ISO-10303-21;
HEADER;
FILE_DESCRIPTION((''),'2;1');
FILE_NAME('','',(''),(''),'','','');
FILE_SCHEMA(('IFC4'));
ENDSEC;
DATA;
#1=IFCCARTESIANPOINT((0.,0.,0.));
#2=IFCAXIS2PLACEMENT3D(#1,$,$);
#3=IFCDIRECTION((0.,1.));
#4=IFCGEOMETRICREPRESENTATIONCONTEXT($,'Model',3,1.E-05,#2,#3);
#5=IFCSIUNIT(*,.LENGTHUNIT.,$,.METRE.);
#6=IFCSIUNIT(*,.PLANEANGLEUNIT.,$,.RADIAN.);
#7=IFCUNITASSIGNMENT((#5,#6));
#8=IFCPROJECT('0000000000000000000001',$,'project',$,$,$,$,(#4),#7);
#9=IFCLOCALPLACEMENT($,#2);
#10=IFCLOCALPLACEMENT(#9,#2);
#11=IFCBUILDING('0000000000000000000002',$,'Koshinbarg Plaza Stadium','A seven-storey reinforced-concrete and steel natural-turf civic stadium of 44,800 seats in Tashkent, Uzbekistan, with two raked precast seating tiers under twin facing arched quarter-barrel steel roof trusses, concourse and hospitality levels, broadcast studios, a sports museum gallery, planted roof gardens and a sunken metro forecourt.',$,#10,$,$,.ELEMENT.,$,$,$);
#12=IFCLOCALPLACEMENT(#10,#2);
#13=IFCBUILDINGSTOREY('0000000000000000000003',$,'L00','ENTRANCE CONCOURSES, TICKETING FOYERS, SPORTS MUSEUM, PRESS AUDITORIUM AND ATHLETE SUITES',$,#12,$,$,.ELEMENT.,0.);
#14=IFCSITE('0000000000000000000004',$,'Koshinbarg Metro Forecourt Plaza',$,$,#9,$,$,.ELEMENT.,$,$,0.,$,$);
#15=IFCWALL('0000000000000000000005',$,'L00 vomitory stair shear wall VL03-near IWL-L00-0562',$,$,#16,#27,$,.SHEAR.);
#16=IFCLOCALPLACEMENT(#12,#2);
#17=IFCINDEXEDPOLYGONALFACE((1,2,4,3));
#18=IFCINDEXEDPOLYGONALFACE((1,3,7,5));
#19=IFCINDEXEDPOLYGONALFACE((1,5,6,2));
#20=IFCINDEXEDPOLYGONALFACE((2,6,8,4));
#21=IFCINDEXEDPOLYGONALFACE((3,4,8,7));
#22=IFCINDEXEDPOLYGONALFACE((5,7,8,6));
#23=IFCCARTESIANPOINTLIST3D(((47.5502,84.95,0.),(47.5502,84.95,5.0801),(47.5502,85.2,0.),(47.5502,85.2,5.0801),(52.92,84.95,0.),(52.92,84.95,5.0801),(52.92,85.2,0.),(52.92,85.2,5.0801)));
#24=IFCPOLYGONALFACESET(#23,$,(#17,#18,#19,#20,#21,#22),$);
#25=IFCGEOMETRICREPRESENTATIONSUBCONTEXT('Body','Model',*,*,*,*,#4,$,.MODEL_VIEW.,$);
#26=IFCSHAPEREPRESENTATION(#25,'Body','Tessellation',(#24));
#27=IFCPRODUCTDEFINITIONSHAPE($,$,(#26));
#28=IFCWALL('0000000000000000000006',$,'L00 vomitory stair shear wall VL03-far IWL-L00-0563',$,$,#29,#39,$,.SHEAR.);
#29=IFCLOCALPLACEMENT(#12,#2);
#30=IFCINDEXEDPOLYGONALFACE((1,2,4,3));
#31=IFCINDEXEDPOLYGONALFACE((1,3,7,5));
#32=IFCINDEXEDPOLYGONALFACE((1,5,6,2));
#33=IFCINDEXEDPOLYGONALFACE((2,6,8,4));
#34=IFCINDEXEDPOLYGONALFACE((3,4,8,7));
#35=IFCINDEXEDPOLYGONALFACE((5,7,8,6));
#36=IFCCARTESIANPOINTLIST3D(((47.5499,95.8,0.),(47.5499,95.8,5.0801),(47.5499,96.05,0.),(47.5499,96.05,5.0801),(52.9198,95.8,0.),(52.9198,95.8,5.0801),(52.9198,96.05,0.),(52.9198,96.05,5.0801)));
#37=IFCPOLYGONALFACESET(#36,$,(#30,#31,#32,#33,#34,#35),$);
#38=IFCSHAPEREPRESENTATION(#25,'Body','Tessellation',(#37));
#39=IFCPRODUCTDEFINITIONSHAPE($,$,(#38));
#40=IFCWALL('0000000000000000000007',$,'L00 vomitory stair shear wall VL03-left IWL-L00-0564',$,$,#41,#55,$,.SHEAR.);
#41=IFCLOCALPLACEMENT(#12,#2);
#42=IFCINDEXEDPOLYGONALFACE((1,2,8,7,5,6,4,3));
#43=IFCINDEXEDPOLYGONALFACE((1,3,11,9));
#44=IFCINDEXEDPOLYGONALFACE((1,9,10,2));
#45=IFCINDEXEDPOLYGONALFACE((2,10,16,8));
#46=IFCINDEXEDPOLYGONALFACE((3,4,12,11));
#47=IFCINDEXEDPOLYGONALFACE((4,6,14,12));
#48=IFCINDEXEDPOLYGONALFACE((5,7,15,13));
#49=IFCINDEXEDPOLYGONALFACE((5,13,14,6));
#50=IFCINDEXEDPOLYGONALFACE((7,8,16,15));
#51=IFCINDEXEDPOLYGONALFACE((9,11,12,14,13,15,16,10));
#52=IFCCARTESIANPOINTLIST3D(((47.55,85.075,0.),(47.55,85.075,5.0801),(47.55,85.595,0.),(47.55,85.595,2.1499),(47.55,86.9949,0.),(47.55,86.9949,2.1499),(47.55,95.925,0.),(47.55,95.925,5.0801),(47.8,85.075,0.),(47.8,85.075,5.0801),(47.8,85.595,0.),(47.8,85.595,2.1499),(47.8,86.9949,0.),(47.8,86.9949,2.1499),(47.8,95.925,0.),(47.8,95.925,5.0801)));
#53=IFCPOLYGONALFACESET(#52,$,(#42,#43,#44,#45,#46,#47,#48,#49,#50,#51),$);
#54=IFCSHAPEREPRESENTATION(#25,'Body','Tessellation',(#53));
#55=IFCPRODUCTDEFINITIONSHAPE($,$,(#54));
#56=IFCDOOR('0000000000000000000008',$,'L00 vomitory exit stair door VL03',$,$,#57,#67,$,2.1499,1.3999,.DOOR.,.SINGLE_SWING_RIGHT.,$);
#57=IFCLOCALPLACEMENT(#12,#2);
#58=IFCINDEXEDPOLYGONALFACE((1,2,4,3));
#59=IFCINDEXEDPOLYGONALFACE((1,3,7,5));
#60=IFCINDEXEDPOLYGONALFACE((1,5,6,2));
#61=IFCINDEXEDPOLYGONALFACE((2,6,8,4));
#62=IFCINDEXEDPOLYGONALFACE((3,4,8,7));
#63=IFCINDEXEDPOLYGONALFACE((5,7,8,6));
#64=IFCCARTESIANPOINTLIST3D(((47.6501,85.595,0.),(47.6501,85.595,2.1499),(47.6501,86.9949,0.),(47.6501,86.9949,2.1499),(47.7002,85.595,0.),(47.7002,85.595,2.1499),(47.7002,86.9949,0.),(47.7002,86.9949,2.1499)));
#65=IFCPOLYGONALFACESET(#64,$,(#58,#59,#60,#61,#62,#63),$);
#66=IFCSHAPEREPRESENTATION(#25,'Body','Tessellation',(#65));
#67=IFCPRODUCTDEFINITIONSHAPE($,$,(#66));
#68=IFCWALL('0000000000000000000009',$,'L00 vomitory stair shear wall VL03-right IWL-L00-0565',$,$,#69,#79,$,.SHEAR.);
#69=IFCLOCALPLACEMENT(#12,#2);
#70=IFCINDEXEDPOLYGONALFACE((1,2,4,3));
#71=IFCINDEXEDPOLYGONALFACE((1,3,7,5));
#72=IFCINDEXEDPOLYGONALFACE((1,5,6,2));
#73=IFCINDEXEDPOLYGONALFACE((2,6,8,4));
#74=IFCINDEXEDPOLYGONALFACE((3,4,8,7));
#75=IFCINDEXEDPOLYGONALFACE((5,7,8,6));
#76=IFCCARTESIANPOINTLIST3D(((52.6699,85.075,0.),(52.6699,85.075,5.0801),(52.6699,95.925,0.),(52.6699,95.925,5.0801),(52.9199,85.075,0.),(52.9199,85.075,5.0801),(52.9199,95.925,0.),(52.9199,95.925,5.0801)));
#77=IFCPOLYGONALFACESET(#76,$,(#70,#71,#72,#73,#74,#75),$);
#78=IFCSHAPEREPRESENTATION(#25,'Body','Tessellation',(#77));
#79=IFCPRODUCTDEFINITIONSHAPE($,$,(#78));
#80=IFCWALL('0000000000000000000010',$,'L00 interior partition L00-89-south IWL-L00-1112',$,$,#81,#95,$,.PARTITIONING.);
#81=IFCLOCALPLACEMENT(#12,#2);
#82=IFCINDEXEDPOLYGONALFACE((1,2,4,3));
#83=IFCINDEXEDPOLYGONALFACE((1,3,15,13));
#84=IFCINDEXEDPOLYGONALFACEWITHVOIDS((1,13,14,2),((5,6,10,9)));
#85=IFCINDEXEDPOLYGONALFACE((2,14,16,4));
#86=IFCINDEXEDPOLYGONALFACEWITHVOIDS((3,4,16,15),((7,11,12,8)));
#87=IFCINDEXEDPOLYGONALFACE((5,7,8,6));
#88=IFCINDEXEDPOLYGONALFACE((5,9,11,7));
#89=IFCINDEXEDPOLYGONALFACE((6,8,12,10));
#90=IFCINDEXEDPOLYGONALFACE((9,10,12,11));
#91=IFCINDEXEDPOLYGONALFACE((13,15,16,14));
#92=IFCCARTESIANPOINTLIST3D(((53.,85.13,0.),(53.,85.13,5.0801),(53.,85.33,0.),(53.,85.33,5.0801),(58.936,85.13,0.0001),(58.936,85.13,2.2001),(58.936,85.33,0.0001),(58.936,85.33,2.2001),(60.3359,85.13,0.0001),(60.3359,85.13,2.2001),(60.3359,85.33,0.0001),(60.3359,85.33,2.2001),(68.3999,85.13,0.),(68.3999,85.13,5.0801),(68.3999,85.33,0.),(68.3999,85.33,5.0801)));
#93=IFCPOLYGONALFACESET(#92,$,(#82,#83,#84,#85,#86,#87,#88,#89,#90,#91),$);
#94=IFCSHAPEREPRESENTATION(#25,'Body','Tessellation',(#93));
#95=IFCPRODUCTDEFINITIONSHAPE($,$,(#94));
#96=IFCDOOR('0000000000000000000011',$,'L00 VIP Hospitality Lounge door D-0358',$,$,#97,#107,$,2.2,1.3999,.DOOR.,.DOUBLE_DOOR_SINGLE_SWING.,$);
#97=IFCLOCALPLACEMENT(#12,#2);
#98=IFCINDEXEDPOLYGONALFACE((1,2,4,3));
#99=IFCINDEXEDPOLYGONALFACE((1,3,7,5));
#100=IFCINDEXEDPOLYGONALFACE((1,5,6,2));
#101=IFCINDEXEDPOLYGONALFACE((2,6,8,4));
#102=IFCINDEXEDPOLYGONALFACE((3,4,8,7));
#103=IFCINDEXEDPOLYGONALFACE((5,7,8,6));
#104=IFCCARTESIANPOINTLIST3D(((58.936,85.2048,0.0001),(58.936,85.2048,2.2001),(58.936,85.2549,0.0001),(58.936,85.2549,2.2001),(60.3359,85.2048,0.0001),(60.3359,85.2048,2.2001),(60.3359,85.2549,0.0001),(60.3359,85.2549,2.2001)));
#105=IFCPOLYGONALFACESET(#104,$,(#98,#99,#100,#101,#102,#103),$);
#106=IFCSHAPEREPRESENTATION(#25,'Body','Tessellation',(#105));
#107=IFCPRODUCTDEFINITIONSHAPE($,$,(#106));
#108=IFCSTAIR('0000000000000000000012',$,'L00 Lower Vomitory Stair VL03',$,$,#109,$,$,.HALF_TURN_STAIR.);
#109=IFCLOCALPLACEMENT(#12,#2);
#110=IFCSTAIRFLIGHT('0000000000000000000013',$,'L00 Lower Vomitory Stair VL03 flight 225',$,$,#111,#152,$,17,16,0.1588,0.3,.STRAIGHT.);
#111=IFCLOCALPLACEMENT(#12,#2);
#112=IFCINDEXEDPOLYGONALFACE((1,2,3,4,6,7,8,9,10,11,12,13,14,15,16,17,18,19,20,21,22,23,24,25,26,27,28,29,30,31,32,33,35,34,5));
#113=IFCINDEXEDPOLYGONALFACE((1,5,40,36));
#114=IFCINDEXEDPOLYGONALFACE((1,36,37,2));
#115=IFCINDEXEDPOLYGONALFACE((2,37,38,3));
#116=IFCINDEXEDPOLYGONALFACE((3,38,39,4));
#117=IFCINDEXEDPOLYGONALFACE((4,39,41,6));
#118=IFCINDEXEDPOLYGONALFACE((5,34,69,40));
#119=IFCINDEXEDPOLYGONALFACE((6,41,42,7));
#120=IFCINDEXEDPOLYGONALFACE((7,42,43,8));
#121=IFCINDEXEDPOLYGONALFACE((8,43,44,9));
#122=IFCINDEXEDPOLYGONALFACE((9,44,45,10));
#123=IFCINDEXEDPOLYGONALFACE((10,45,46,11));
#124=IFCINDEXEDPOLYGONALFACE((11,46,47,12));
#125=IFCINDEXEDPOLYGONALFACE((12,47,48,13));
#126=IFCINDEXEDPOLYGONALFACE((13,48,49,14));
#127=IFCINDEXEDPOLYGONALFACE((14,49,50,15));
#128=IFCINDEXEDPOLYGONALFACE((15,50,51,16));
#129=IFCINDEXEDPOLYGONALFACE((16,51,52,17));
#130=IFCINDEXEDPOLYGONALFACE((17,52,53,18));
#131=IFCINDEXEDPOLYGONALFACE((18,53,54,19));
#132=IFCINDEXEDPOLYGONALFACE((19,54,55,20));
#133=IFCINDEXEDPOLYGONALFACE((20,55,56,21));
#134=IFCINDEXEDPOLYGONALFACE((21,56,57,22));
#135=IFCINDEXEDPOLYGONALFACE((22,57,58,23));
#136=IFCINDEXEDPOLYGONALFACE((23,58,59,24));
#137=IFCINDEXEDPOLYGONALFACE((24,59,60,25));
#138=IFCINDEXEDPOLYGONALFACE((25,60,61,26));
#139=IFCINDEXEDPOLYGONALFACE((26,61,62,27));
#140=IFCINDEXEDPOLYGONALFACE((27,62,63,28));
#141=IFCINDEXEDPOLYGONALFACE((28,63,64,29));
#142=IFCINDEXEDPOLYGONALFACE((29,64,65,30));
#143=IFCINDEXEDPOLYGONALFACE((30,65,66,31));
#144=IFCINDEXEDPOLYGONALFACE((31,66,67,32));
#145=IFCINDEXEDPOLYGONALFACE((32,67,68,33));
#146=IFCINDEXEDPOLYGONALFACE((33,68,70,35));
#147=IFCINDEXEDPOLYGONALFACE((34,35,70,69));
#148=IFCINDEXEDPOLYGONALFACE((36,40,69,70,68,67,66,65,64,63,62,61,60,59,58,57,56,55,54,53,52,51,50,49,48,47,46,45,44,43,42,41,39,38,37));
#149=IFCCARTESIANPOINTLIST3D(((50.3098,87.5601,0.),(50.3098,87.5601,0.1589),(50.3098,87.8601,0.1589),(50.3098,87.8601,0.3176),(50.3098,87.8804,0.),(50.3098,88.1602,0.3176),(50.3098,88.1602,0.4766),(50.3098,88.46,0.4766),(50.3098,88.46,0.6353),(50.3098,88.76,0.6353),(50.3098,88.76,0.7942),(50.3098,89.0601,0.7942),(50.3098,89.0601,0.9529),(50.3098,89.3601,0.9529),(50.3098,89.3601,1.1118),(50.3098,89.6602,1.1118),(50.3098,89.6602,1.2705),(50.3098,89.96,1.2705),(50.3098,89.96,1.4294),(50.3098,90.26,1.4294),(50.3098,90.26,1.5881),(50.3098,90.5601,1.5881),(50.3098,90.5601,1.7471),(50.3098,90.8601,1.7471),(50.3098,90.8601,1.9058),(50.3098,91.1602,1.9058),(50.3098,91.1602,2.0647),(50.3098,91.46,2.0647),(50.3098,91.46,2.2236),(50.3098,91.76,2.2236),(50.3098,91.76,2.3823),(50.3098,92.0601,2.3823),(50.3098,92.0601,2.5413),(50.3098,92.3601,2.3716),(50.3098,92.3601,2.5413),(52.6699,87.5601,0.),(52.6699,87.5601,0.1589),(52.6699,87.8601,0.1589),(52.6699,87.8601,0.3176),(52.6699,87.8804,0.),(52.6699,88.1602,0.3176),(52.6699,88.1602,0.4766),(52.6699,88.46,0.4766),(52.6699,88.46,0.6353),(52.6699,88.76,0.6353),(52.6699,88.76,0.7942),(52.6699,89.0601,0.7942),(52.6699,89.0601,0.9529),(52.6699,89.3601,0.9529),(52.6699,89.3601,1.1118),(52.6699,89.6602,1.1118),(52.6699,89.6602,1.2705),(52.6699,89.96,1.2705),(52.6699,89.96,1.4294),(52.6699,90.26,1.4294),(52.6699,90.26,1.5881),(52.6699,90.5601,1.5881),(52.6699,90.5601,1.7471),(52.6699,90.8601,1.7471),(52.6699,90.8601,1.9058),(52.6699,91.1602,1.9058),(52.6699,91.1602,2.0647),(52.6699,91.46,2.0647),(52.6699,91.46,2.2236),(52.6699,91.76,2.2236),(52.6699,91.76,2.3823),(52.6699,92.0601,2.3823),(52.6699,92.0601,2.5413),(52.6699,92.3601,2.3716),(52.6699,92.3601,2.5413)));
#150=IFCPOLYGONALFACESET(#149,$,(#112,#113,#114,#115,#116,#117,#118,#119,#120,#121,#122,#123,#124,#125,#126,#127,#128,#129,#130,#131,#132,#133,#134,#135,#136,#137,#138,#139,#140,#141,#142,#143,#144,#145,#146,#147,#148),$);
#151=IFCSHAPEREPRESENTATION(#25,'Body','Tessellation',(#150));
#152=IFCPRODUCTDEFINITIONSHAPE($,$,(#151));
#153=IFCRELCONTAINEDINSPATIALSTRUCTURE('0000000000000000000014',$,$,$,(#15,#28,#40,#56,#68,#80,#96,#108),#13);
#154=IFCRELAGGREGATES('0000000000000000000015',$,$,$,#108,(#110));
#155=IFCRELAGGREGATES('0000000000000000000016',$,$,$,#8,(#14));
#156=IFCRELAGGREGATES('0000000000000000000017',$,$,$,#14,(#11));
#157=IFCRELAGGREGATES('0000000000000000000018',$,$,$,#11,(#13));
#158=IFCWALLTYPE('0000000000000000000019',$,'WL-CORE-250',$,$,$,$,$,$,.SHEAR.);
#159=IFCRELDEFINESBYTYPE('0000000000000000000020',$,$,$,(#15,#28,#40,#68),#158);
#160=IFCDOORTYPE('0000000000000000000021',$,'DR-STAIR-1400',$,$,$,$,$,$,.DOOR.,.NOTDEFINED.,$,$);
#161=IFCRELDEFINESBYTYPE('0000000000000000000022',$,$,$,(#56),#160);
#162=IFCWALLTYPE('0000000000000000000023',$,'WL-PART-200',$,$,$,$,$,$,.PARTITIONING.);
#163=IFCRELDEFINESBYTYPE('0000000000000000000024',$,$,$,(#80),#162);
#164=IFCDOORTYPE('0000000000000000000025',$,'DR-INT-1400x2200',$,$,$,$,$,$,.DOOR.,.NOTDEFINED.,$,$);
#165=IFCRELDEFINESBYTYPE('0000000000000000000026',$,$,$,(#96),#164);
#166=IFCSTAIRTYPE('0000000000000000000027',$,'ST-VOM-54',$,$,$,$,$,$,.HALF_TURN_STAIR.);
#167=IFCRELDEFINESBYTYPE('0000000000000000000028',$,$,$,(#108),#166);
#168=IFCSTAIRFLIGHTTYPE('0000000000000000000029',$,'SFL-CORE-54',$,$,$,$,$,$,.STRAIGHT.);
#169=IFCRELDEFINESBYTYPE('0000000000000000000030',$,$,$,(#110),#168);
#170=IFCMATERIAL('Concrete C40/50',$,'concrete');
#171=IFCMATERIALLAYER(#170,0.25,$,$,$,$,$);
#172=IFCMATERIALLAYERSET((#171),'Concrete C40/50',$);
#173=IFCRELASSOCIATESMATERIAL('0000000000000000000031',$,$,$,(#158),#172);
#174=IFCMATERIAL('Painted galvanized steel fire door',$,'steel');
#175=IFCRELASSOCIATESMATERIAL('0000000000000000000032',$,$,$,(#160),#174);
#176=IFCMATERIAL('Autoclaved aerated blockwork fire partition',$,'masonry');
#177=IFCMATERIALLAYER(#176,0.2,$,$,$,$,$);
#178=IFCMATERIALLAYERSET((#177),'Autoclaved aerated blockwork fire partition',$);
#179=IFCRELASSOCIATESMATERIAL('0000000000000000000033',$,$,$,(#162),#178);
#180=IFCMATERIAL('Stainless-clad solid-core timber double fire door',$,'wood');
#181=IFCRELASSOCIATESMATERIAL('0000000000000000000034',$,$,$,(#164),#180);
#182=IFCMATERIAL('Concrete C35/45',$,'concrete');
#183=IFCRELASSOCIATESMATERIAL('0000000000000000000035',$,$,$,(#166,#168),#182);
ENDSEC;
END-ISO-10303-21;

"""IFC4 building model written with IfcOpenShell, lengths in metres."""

from ifc_helpers import new_model, si_unit, direction, frame, frame_2d, origin, place, context, subcontext, project, spatial, polyline, rectangle, outline, extrude, material, layer, layer_set, type_object, element, fill, aggregate, save


model = new_model("IFC4")

# Units and contexts
model_context = context("Model", 3, precision=1e-05, world=origin(), true_north=direction((0.0, 1.0)))
body_context = subcontext(model_context, "Body", "Model", "MODEL_VIEW")
ifc_project = project(units=[si_unit("LENGTHUNIT", "METRE"), si_unit("PLANEANGLEUNIT", "RADIAN")], contexts=[model_context])

# Site, building, storey
site_placement = place(None, origin())
site = spatial("IfcSite", under=ifc_project, at=site_placement, Name="Koshinbarg Metro Forecourt Plaza", CompositionType="ELEMENT", RefElevation=0.0)
building_placement = place(site_placement, origin())
building = spatial("IfcBuilding", under=site, at=building_placement, Name="Koshinbarg Plaza Stadium", Description="A seven-storey reinforced-concrete and steel natural-turf civic stadium of 44,800 seats in Tashkent, Uzbekistan, with two raked precast seating tiers under twin facing arched quarter-barrel steel roof trusses, concourse and hospitality levels, broadcast studios, a sports museum gallery, planted roof gardens and a sunken metro forecourt.", CompositionType="ELEMENT")
storey_placement = place(building_placement, origin())
storey = spatial("IfcBuildingStorey", under=building, at=storey_placement, Name="L00", Description="ENTRANCE CONCOURSES, TICKETING FOYERS, SPORTS MUSEUM, PRESS AUDITORIUM AND ATHLETE SUITES", CompositionType="ELEMENT", Elevation=0.0)

# Shared definitions
ifc_material_1 = material(Name="Concrete C35/45", Category="concrete")

# Shared definitions
ifc_material_2 = material(Name="Concrete C40/50", Category="concrete")

# Walls
ifc_layer_1 = layer(ifc_material_2, 0.25)
ifc_layer_set_1 = layer_set([ifc_layer_1], Name="Concrete C40/50")
wall_type_1 = type_object("IfcWallType", Name="WL-CORE-250", PredefinedType="SHEAR", material=ifc_layer_set_1)
for number, where, z_axis, x_axis, name in (
    (1, (47.55, 85.075, 0.0), (0.0, 0.0, 1.0), (1.0, 0.0, 0.0), "L00 vomitory stair shear wall VL03-near IWL-L00-0562"),
    (2, (52.9199, 95.925, 0.0), (0.0, 0.0, 1.0), (-1.0, 0.0, 0.0), "L00 vomitory stair shear wall VL03-far IWL-L00-0563"),
):
    element("IfcWall", number, at=place(storey_placement, frame(where, z_axis=z_axis, x_axis=x_axis)), inside=storey, type_object=wall_type_1, Name=name, PredefinedType="SHEAR", context=body_context, shape_type="SweptSolid", body=[
        extrude(rectangle(XDim=5.3699, YDim=0.25, at=frame_2d((2.6851, 0.0))), origin(), (0.0, 0.0, 1.0), 5.0801),
    ])

# Wall, opening, door
wall_1_placement = place(storey_placement, frame((47.675, 85.075, 0.0), z_axis=(0.0, 0.0, 1.0), x_axis=(0.0, 1.0, 0.0)))
wall_1 = element("IfcWall", 3, at=wall_1_placement, inside=storey, type_object=wall_type_1, Name="L00 vomitory stair shear wall VL03-left IWL-L00-0564", PredefinedType="SHEAR", context=body_context, shape_type="SweptSolid", body=[
    extrude(rectangle(XDim=10.8501, YDim=0.25, at=frame_2d((5.425, 0.0))), origin(), (0.0, 0.0, 1.0), 5.0801),
])
opening_1_placement = place(wall_1_placement, frame((0.52, 0.0, 0.0)))
opening_1 = element("IfcOpeningElement", 4, at=opening_1_placement, cuts=wall_1, PredefinedType="OPENING", context=body_context, shape_type="SweptSolid", body=[
    extrude(rectangle(XDim=1.3999, YDim=2.1499, at=frame_2d((0.7, 1.075))), frame((0.0, 0.135, 0.0), z_axis=(0.0, -1.0, 0.0), x_axis=(1.0, 0.0, 0.0)), (0.0, 0.0, 1.0), 0.27),
])
ifc_material_3 = material(Name="Painted galvanized steel fire door", Category="steel")
door_type_1 = type_object("IfcDoorType", Name="DR-STAIR-1400", OperationType="NOTDEFINED", PredefinedType="DOOR", material=ifc_material_3)
door_1_placement = place(opening_1_placement, origin())
door_1 = element("IfcDoor", 5, at=door_1_placement, inside=storey, type_object=door_type_1, Name="L00 vomitory exit stair door VL03", OperationType="SINGLE_SWING_RIGHT", OverallHeight=2.1499, OverallWidth=1.3999, PredefinedType="DOOR", context=body_context, shape_type="SweptSolid", body=[
    extrude(rectangle(XDim=1.3999, YDim=2.1499, at=frame_2d((0.7, 1.075))), frame((0.0, 0.0249, 0.0), z_axis=(0.0, -1.0, 0.0), x_axis=(1.0, 0.0, 0.0)), (0.0, 0.0, 1.0), 0.05),
])
fill(opening_1, door_1)

# Wall
wall_2_placement = place(storey_placement, frame((52.7949, 85.075, 0.0), z_axis=(0.0, 0.0, 1.0), x_axis=(0.0, 1.0, 0.0)))
element("IfcWall", 6, at=wall_2_placement, inside=storey, type_object=wall_type_1, Name="L00 vomitory stair shear wall VL03-right IWL-L00-0565", PredefinedType="SHEAR", context=body_context, shape_type="SweptSolid", body=[
    extrude(rectangle(XDim=10.8501, YDim=0.25, at=frame_2d((5.425, 0.0))), origin(), (0.0, 0.0, 1.0), 5.0801),
])

# Wall, opening, door
ifc_material_4 = material(Name="Autoclaved aerated blockwork fire partition", Category="masonry")
ifc_layer_2 = layer(ifc_material_4, 0.2)
ifc_layer_set_2 = layer_set([ifc_layer_2], Name="Autoclaved aerated blockwork fire partition")
wall_type_2 = type_object("IfcWallType", Name="WL-PART-200", PredefinedType="PARTITIONING", material=ifc_layer_set_2)
wall_3_placement = place(storey_placement, frame((53.0, 85.23, 0.0), z_axis=(0.0, 0.0, 1.0), x_axis=(1.0, 0.0, 0.0)))
wall_3 = element("IfcWall", 7, at=wall_3_placement, inside=storey, type_object=wall_type_2, Name="L00 interior partition L00-89-south IWL-L00-1112", PredefinedType="PARTITIONING", context=body_context, shape_type="SweptSolid", body=[
    extrude(rectangle(XDim=15.3999, YDim=0.2, at=frame_2d((7.7, 0.0))), origin(), (0.0, 0.0, 1.0), 5.0801),
])
opening_2_placement = place(wall_3_placement, frame((5.936, 0.0, 0.0)))
opening_2 = element("IfcOpeningElement", 8, at=opening_2_placement, cuts=wall_3, PredefinedType="OPENING", context=body_context, shape_type="SweptSolid", body=[
    extrude(rectangle(XDim=1.3999, YDim=2.2, at=frame_2d((0.7, 1.1001))), frame((0.0, 0.1099, 0.0), z_axis=(0.0, -1.0, 0.0), x_axis=(1.0, 0.0, 0.0)), (0.0, 0.0, 1.0), 0.22),
])
ifc_material_5 = material(Name="Stainless-clad solid-core timber double fire door", Category="wood")
door_type_2 = type_object("IfcDoorType", Name="DR-INT-1400x2200", OperationType="NOTDEFINED", PredefinedType="DOOR", material=ifc_material_5)
door_2_placement = place(opening_2_placement, origin())
door_2 = element("IfcDoor", 9, at=door_2_placement, inside=storey, type_object=door_type_2, Name="L00 VIP Hospitality Lounge door D-0358", OperationType="DOUBLE_DOOR_SINGLE_SWING", OverallHeight=2.2, OverallWidth=1.3999, PredefinedType="DOOR", context=body_context, shape_type="SweptSolid", body=[
    extrude(rectangle(XDim=1.3999, YDim=2.2, at=frame_2d((0.7, 1.1001))), frame((0.0, 0.0249, 0.0), z_axis=(0.0, -1.0, 0.0), x_axis=(1.0, 0.0, 0.0)), (0.0, 0.0, 1.0), 0.05),
])
fill(opening_2, door_2)

# Stair, stair flight
stair_type = type_object("IfcStairType", Name="ST-VOM-54", PredefinedType="HALF_TURN_STAIR", material=ifc_material_1)
stair_placement = place(storey_placement, origin())
stair = element("IfcStair", 10, at=stair_placement, inside=storey, type_object=stair_type, Name="L00 Lower Vomitory Stair VL03", PredefinedType="HALF_TURN_STAIR")
stair_flight_type = type_object("IfcStairFlightType", Name="SFL-CORE-54", PredefinedType="STRAIGHT", material=ifc_material_1)
stair_flight_1_placement = place(storey_placement, frame((51.49, 87.5601, 0.0), z_axis=(0.0, 0.0, 1.0), x_axis=(0.0, 1.0, 0.0)))
stair_flight_1 = element("IfcStairFlight", 11, at=stair_flight_1_placement, type_object=stair_flight_type, Name="L00 Lower Vomitory Stair VL03 flight 225", NumberOfRisers=17, NumberOfTreads=16, PredefinedType="STRAIGHT", RiserHeight=0.1588, TreadLength=0.3, context=body_context, shape_type="SweptSolid", body=[
    extrude(outline(polyline([(0.0, 0.0), (0.0, 0.1589), (0.3, 0.1589), (0.3, 0.3176), (0.6001, 0.3176), (0.6001, 0.4766), (0.8999, 0.4766), (0.8999, 0.6353), (1.2, 0.6353), (1.2, 0.7942), (1.5, 0.7942), (1.5, 0.9529), (1.8, 0.9529), (1.8, 1.1118), (2.1001, 1.1118), (2.1001, 1.2705), (2.3999, 1.2705), (2.3999, 1.4294), (2.7, 1.4294), (2.7, 1.5881), (3.0, 1.5881), (3.0, 1.7471), (3.3, 1.7471), (3.3, 1.9058), (3.6001, 1.9058), (3.6001, 2.0647), (3.8999, 2.0647), (3.8999, 2.2236), (4.2, 2.2236), (4.2, 2.3823), (4.5, 2.3823), (4.5, 2.5413), (4.8, 2.5413), (4.8, 2.7), (4.8, 2.3716), (0.3203, 0.0), (0.0, 0.0)])), frame((0.0, 1.1802, 0.0), z_axis=(0.0, -1.0, 0.0), x_axis=(1.0, 0.0, 0.0)), (0.0, 0.0, 1.0), 2.3601),
])
aggregate(stair, [stair_flight_1])

save(model, "model.ifc")
